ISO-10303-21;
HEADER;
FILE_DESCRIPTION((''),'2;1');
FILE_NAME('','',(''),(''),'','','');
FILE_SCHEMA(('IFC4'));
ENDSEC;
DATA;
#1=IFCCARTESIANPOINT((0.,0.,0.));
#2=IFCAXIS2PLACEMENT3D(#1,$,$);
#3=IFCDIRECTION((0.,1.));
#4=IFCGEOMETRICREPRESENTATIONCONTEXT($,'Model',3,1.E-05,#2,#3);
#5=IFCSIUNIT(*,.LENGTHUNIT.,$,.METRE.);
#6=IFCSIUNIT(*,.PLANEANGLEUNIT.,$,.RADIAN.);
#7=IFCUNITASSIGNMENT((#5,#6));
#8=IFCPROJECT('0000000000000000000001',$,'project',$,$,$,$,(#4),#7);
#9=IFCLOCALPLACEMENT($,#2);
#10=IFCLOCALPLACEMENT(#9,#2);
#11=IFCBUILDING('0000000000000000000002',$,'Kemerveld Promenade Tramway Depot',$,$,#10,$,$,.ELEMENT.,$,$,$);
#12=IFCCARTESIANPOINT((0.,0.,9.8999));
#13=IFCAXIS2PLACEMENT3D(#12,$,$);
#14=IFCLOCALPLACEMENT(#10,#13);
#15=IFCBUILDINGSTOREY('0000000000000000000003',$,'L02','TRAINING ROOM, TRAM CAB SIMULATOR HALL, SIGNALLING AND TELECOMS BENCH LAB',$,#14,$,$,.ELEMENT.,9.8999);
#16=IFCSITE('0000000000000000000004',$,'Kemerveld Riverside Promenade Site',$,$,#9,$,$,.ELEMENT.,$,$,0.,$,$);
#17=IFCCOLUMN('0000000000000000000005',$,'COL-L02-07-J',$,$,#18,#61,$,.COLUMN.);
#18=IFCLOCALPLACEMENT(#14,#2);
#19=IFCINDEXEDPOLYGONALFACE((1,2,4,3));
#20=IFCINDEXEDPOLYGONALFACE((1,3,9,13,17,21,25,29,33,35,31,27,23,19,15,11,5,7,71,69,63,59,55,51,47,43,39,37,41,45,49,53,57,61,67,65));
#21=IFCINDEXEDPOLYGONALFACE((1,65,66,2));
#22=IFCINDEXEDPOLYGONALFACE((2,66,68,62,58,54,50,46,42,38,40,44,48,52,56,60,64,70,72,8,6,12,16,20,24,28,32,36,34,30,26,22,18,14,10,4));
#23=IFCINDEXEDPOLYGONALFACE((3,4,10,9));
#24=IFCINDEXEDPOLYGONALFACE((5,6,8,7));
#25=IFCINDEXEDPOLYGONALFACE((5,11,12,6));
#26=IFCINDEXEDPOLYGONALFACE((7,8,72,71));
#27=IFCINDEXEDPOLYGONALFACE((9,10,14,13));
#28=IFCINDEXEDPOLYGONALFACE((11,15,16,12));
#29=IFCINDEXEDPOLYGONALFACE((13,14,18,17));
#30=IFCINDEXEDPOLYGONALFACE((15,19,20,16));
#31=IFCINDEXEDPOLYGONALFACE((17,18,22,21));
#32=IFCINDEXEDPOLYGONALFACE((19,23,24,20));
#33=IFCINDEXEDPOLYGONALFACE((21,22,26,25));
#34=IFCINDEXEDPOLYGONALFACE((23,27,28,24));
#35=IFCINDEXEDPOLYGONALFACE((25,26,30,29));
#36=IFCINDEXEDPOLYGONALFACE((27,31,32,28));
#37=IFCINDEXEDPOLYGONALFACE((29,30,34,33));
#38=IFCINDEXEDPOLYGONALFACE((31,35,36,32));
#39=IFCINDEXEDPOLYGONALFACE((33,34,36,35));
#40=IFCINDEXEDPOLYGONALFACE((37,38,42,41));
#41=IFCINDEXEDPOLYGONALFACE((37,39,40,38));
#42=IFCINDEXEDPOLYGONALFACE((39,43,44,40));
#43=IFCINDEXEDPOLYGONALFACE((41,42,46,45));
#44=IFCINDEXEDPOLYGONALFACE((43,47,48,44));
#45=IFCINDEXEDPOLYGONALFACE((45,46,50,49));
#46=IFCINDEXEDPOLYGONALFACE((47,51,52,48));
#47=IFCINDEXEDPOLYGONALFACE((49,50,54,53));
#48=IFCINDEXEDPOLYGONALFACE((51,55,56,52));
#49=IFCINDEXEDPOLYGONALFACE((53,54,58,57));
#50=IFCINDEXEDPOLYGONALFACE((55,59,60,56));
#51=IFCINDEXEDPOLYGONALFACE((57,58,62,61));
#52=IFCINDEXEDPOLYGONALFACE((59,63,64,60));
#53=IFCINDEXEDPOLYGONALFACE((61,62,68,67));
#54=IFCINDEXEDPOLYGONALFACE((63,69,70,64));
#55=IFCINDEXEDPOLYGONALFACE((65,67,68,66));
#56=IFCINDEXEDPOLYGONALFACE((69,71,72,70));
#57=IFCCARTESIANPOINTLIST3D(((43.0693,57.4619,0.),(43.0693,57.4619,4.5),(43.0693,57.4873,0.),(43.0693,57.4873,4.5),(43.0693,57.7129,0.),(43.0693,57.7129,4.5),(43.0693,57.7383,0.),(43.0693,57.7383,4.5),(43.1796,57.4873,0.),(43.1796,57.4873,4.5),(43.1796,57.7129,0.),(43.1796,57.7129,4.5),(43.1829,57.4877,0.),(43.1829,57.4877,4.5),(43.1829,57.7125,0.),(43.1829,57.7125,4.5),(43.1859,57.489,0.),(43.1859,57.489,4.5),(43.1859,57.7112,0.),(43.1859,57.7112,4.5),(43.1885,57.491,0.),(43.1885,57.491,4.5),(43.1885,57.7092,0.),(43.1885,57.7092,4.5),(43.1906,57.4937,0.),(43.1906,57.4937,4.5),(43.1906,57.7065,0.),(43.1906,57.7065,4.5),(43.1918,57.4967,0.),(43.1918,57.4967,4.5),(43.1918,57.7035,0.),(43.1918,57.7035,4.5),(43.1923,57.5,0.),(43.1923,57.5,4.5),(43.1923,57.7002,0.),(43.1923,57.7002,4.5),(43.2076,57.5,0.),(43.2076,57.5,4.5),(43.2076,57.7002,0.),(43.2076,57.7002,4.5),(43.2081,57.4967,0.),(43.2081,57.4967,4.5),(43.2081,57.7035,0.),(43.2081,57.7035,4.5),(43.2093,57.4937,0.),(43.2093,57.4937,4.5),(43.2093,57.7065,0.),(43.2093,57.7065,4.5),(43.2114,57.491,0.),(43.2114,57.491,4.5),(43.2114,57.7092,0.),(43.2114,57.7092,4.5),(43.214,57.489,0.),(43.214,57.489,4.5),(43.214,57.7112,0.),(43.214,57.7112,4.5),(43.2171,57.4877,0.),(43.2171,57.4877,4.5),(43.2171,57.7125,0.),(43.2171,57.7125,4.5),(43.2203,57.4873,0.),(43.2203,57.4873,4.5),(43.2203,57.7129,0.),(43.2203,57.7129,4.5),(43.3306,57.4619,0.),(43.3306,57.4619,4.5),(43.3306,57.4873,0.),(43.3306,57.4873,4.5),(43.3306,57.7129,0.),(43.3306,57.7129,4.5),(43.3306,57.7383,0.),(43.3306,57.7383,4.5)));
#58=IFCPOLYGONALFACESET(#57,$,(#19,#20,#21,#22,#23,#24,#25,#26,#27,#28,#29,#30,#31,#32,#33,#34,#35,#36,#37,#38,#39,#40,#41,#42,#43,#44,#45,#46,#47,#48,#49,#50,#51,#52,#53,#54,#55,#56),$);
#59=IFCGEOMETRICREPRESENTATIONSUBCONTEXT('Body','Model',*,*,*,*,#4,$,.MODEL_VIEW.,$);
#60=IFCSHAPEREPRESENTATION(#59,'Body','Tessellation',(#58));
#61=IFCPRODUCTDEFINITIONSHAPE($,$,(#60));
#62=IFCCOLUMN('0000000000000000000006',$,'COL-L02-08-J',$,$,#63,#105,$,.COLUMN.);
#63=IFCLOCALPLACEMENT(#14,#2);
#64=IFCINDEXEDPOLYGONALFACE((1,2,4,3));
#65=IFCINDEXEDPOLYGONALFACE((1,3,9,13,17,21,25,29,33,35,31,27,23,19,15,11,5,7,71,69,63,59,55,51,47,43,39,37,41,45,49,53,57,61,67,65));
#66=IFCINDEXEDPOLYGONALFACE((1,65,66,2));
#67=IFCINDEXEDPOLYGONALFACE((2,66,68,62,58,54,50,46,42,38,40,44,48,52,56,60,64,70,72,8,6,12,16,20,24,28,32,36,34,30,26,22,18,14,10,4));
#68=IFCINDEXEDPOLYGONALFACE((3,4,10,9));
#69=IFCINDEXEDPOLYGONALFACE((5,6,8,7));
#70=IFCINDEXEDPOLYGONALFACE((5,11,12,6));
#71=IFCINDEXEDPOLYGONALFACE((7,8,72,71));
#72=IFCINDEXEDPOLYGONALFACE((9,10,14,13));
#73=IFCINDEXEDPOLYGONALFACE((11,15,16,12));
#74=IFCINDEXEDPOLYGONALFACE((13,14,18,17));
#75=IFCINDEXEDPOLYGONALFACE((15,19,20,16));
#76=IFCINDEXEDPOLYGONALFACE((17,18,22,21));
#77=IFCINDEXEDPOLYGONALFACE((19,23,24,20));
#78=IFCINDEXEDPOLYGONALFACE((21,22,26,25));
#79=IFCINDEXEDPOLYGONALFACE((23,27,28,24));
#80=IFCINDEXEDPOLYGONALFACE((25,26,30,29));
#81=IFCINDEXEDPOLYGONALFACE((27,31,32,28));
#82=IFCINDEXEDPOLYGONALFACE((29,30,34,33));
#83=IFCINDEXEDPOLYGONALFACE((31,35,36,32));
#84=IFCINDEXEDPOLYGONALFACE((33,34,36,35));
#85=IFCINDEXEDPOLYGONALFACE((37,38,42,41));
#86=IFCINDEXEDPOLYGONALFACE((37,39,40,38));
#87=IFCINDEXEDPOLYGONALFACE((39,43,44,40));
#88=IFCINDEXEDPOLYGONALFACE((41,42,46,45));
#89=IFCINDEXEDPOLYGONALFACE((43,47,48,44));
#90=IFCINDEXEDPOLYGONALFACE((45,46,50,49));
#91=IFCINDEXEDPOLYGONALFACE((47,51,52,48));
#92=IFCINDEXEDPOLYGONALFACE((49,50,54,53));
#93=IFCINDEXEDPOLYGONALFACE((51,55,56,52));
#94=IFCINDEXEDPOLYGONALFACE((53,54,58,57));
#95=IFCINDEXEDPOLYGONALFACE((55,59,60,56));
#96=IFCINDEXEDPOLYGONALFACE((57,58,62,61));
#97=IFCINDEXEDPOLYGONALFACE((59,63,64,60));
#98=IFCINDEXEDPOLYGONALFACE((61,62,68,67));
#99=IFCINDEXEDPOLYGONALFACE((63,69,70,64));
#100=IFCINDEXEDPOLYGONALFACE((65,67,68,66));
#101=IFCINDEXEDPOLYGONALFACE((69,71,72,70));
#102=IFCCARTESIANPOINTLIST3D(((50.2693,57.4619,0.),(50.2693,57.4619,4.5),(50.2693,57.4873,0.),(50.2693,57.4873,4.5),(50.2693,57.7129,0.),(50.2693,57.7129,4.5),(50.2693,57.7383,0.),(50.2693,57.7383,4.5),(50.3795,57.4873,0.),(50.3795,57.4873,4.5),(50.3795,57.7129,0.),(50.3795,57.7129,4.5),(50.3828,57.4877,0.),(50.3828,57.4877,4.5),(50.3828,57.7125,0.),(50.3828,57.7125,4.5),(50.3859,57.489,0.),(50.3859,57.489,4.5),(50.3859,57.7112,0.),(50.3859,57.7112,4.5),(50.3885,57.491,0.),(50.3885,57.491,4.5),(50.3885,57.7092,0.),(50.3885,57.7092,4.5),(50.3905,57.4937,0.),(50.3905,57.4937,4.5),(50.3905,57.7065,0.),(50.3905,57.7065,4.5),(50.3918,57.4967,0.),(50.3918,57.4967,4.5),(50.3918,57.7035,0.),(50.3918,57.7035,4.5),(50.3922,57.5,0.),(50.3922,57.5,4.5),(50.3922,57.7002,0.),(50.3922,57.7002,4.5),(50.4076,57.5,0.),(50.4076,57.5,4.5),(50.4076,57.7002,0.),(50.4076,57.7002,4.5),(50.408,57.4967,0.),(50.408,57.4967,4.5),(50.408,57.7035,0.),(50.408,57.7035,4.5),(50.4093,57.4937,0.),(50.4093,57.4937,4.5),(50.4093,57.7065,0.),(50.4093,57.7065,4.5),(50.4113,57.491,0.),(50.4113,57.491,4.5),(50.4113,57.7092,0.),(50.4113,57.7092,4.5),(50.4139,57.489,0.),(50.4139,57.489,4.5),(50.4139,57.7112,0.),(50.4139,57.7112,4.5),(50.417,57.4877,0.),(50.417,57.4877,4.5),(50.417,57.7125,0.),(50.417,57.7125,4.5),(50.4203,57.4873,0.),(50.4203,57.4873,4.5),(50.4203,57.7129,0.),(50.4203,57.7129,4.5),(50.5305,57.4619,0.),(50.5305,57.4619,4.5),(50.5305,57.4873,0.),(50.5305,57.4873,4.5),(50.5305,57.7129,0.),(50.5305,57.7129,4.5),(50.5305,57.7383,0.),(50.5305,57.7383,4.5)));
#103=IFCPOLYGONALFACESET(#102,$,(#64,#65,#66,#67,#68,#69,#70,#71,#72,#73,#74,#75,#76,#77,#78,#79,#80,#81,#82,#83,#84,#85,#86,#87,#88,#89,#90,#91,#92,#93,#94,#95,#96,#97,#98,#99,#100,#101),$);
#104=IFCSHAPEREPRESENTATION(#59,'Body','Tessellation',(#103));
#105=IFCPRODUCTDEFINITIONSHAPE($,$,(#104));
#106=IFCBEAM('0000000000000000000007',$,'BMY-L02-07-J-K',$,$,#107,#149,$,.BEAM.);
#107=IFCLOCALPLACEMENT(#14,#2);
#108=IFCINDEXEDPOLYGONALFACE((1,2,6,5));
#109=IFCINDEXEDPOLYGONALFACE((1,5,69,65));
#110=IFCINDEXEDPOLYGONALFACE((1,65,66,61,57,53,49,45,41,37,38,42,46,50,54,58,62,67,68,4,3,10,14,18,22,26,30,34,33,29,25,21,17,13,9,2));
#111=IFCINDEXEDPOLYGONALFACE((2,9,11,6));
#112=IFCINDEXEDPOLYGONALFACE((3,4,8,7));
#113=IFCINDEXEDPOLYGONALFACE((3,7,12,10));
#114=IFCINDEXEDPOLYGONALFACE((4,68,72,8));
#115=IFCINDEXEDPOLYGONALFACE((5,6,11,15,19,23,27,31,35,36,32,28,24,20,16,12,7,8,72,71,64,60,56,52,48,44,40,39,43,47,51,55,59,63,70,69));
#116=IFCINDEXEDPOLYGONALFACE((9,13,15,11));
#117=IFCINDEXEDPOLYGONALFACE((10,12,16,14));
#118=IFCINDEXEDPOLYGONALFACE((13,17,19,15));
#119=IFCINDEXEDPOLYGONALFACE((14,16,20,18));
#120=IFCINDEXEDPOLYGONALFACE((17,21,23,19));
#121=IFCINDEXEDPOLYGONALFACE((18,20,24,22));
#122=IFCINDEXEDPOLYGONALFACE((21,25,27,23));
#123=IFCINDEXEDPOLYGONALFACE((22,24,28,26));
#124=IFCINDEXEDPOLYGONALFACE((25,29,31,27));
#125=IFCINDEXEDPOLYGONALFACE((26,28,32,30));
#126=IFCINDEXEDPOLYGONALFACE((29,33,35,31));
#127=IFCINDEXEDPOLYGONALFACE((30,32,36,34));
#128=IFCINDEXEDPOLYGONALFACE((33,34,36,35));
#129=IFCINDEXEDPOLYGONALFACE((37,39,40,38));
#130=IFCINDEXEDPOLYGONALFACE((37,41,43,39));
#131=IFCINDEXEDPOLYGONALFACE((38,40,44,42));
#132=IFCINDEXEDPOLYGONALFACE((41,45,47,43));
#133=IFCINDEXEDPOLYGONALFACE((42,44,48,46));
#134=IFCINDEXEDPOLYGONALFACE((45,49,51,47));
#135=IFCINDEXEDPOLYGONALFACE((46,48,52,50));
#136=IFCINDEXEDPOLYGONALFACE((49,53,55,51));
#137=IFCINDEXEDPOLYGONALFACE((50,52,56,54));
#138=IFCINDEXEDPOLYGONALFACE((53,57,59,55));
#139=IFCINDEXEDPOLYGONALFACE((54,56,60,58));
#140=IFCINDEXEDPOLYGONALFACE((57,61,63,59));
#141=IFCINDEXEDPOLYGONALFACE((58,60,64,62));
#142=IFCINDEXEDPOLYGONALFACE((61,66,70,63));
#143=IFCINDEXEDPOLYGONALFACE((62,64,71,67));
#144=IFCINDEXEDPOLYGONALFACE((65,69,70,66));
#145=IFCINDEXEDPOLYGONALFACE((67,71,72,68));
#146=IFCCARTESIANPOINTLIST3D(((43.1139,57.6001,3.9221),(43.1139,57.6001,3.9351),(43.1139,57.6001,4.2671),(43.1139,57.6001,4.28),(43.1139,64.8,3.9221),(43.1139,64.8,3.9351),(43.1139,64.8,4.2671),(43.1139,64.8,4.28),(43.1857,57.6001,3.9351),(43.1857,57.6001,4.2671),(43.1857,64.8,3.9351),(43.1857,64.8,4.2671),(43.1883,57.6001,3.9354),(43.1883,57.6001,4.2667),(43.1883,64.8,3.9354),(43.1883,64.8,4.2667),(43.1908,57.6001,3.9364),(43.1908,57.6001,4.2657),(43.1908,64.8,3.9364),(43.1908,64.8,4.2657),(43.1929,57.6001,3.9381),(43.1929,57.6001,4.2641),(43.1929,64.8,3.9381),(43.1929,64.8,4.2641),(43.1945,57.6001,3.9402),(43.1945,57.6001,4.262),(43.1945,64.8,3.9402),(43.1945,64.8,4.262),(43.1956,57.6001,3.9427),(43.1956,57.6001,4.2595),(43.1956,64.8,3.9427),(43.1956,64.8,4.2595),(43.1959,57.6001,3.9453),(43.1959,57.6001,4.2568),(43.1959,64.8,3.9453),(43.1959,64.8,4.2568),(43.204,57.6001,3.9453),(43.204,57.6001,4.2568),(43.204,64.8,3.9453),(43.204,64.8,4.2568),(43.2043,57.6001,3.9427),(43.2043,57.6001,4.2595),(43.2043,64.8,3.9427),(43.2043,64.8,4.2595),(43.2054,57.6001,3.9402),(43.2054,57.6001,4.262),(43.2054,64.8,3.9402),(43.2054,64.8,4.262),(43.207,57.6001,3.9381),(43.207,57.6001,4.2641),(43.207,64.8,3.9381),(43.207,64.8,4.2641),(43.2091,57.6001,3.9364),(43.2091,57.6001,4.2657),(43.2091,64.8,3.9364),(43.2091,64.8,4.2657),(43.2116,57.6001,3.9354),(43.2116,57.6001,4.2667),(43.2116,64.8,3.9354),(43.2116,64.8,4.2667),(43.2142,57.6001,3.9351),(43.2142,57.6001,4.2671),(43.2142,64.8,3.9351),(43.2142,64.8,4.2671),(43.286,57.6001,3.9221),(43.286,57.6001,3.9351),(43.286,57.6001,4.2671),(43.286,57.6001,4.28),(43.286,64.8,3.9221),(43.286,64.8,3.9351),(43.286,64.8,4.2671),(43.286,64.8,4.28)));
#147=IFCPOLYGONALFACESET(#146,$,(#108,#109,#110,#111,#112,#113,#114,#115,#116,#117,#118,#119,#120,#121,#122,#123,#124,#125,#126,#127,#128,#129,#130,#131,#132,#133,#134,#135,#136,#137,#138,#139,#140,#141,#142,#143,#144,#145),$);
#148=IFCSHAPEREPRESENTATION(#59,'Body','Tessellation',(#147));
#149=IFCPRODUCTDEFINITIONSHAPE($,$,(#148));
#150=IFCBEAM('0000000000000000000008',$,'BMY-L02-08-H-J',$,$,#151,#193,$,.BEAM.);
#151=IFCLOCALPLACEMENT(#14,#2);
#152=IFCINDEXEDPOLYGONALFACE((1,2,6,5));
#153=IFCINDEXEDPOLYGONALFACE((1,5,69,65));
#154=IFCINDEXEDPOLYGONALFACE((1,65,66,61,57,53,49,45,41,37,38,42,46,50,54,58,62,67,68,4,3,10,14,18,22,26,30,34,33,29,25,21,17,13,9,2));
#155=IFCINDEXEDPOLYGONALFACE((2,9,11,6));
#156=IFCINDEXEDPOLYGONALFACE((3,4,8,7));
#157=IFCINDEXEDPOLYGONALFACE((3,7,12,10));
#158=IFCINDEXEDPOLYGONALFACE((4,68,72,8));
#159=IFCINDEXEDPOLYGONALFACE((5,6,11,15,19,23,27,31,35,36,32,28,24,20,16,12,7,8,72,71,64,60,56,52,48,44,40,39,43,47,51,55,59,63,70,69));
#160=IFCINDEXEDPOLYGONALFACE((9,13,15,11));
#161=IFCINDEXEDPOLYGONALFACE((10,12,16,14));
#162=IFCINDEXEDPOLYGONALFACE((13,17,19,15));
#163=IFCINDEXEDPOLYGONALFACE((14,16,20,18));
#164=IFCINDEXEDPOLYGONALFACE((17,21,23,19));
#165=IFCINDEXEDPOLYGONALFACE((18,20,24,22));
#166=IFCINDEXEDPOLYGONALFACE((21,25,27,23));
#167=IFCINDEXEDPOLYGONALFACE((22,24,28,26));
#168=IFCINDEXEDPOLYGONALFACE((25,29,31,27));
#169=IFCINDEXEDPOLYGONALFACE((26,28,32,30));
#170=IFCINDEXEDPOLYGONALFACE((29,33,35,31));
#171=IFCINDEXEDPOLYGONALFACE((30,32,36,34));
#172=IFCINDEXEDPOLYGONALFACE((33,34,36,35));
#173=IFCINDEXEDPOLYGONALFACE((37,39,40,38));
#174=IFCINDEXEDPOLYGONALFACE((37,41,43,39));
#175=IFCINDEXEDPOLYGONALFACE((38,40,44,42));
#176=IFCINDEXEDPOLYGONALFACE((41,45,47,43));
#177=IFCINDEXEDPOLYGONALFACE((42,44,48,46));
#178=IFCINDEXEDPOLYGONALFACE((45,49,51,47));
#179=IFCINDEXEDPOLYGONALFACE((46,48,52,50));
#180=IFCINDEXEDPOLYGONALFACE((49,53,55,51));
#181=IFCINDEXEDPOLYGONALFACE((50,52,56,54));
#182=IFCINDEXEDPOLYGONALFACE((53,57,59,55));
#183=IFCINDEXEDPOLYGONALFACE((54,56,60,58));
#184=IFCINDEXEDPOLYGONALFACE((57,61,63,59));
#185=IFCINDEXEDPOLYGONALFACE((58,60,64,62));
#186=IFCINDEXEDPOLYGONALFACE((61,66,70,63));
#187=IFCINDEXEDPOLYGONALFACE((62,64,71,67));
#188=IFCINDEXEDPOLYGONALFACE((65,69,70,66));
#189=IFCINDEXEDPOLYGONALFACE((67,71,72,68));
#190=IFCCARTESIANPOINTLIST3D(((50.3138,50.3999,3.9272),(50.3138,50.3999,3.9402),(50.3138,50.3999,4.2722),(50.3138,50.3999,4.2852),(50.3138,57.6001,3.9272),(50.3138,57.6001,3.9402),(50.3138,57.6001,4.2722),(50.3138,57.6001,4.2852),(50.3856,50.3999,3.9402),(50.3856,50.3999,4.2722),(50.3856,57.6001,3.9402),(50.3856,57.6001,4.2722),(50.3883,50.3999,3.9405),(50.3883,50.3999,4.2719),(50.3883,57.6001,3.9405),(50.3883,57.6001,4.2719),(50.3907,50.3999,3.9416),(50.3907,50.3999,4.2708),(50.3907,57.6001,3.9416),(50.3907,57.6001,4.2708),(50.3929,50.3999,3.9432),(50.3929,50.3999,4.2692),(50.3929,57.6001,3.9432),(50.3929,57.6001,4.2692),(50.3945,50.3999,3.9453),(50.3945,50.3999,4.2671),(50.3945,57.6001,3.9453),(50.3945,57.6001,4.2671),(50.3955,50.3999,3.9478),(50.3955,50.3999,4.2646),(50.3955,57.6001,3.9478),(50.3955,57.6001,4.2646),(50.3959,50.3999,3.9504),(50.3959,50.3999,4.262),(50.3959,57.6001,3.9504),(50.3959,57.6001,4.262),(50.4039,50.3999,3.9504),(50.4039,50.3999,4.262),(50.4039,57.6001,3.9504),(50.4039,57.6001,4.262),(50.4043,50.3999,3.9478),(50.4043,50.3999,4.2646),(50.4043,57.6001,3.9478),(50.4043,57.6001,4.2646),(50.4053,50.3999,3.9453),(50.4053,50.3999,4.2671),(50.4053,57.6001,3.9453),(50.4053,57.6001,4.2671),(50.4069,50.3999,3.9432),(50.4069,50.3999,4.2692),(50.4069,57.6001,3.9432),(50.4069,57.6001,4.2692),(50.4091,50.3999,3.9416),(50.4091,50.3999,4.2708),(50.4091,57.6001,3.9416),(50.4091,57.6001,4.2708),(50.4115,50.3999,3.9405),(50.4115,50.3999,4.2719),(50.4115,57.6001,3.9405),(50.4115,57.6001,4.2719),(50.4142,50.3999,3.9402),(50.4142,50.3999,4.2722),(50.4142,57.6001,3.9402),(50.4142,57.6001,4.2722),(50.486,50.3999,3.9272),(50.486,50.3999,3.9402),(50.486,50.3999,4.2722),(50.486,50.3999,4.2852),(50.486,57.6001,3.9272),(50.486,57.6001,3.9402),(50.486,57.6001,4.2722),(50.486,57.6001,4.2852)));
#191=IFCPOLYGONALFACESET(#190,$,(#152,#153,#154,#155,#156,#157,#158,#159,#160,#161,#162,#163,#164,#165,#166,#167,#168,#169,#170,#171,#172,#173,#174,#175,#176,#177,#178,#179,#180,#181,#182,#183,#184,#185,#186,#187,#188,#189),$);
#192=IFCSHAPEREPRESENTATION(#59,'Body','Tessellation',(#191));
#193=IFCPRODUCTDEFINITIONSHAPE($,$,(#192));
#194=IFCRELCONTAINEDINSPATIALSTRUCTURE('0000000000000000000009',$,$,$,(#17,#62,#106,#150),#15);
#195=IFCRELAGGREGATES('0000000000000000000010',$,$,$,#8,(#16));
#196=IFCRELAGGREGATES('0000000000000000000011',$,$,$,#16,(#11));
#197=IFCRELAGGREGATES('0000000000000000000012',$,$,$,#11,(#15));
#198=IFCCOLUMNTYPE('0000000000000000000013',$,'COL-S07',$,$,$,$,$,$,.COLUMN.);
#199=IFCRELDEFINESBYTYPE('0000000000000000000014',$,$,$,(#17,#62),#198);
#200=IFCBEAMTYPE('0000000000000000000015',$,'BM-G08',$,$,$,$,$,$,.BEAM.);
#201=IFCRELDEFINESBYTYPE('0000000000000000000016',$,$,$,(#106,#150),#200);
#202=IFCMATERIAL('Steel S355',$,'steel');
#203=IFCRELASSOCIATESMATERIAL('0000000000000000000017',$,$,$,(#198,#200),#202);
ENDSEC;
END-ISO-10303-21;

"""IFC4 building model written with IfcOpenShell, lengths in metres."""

from ifc_helpers import new_model, si_unit, direction, frame, origin, origin_2d, place, context, subcontext, project, spatial, i_section, extrude, material, material_profile, profile_set, type_object, element, save


model = new_model("IFC4")

# Units and contexts
model_context = context("Model", 3, precision=1e-05, world=origin(), true_north=direction((0.0, 1.0)))
body_context = subcontext(model_context, "Body", "Model", "MODEL_VIEW")
ifc_project = project(units=[si_unit("LENGTHUNIT", "METRE"), si_unit("PLANEANGLEUNIT", "RADIAN")], contexts=[model_context])

# Site, building, storey
site_placement = place(None, origin())
site = spatial("IfcSite", under=ifc_project, at=site_placement, Name="Kemerveld Riverside Promenade Site", CompositionType="ELEMENT", RefElevation=0.0)
building_placement = place(site_placement, origin())
building = spatial("IfcBuilding", under=site, at=building_placement, Name="Kemerveld Promenade Tramway Depot", CompositionType="ELEMENT")
storey_placement = place(building_placement, frame((0.0, 0.0, 9.8999)))
storey = spatial("IfcBuildingStorey", under=building, at=storey_placement, Name="L02", Description="TRAINING ROOM, TRAM CAB SIMULATOR HALL, SIGNALLING AND TELECOMS BENCH LAB", CompositionType="ELEMENT", Elevation=9.8999)

# Columns
ifc_material_1 = material(Name="Steel S355", Category="steel")
ifc_material_profile_1 = material_profile(ifc_material_1, i_section(OverallWidth=0.2612, OverallDepth=0.2764, WebThickness=0.0154, FlangeThickness=0.0254, FilletRadius=0.0127, at=origin_2d()), Name="254x254x132 UC")
ifc_profile_set_1 = profile_set([ifc_material_profile_1], Name="Steel S355")
column_type = type_object("IfcColumnType", Name="COL-S07", PredefinedType="COLUMN", material=ifc_profile_set_1)
for number, where, z_axis, x_axis, name in (
    (1, (43.2, 57.6001, 0.0), (0.0, 0.0, 1.0), (1.0, 0.0, 0.0), "COL-L02-07-J"),
    (2, (50.3999, 57.6001, 0.0), (0.0, 0.0, 1.0), (1.0, 0.0, 0.0), "COL-L02-08-J"),
):
    element("IfcColumn", number, at=place(storey_placement, frame(where, z_axis=z_axis, x_axis=x_axis)), inside=storey, type_object=column_type, Name=name, PredefinedType="COLUMN", context=body_context, shape_type="SweptSolid", body=[
        extrude(i_section(OverallWidth=0.2612, OverallDepth=0.2764, WebThickness=0.0154, FlangeThickness=0.0254, FilletRadius=0.0127, at=origin_2d()), origin(), (0.0, 0.0, 1.0), 4.5),
    ])

# Beams
ifc_material_profile_2 = material_profile(ifc_material_1, i_section(OverallWidth=0.1721, OverallDepth=0.3579, WebThickness=0.0081, FlangeThickness=0.0129, FilletRadius=0.0103, at=origin_2d()), Name="356x171x57 UB")
ifc_profile_set_2 = profile_set([ifc_material_profile_2], Name="Steel S355")
beam_type_1 = type_object("IfcBeamType", Name="BM-G08", PredefinedType="BEAM", material=ifc_profile_set_2)
beam_1_placement = place(storey_placement, frame((43.2, 57.6001, 4.1011), z_axis=(0.0, 1.0, 0.0), x_axis=(-1.0, 0.0, 0.0)))
element("IfcBeam", 3, at=beam_1_placement, inside=storey, type_object=beam_type_1, Name="BMY-L02-07-J-K", PredefinedType="BEAM", context=body_context, shape_type="SweptSolid", body=[
    extrude(i_section(OverallWidth=0.1721, OverallDepth=0.3579, WebThickness=0.0081, FlangeThickness=0.0129, FilletRadius=0.0103, at=origin_2d()), origin(), (0.0, 0.0, 1.0), 7.2),
])
beam_2_placement = place(storey_placement, frame((50.3999, 50.3999, 4.1062), z_axis=(0.0, 1.0, 0.0), x_axis=(-1.0, 0.0, 0.0)))
element("IfcBeam", 4, at=beam_2_placement, inside=storey, type_object=beam_type_1, Name="BMY-L02-08-H-J", PredefinedType="BEAM", context=body_context, shape_type="SweptSolid", body=[
    extrude(i_section(OverallWidth=0.1721, OverallDepth=0.3579, WebThickness=0.0081, FlangeThickness=0.0129, FilletRadius=0.0103, at=origin_2d()), origin(), (0.0, 0.0, 1.0), 7.2002),
])

save(model, "model.ifc")
